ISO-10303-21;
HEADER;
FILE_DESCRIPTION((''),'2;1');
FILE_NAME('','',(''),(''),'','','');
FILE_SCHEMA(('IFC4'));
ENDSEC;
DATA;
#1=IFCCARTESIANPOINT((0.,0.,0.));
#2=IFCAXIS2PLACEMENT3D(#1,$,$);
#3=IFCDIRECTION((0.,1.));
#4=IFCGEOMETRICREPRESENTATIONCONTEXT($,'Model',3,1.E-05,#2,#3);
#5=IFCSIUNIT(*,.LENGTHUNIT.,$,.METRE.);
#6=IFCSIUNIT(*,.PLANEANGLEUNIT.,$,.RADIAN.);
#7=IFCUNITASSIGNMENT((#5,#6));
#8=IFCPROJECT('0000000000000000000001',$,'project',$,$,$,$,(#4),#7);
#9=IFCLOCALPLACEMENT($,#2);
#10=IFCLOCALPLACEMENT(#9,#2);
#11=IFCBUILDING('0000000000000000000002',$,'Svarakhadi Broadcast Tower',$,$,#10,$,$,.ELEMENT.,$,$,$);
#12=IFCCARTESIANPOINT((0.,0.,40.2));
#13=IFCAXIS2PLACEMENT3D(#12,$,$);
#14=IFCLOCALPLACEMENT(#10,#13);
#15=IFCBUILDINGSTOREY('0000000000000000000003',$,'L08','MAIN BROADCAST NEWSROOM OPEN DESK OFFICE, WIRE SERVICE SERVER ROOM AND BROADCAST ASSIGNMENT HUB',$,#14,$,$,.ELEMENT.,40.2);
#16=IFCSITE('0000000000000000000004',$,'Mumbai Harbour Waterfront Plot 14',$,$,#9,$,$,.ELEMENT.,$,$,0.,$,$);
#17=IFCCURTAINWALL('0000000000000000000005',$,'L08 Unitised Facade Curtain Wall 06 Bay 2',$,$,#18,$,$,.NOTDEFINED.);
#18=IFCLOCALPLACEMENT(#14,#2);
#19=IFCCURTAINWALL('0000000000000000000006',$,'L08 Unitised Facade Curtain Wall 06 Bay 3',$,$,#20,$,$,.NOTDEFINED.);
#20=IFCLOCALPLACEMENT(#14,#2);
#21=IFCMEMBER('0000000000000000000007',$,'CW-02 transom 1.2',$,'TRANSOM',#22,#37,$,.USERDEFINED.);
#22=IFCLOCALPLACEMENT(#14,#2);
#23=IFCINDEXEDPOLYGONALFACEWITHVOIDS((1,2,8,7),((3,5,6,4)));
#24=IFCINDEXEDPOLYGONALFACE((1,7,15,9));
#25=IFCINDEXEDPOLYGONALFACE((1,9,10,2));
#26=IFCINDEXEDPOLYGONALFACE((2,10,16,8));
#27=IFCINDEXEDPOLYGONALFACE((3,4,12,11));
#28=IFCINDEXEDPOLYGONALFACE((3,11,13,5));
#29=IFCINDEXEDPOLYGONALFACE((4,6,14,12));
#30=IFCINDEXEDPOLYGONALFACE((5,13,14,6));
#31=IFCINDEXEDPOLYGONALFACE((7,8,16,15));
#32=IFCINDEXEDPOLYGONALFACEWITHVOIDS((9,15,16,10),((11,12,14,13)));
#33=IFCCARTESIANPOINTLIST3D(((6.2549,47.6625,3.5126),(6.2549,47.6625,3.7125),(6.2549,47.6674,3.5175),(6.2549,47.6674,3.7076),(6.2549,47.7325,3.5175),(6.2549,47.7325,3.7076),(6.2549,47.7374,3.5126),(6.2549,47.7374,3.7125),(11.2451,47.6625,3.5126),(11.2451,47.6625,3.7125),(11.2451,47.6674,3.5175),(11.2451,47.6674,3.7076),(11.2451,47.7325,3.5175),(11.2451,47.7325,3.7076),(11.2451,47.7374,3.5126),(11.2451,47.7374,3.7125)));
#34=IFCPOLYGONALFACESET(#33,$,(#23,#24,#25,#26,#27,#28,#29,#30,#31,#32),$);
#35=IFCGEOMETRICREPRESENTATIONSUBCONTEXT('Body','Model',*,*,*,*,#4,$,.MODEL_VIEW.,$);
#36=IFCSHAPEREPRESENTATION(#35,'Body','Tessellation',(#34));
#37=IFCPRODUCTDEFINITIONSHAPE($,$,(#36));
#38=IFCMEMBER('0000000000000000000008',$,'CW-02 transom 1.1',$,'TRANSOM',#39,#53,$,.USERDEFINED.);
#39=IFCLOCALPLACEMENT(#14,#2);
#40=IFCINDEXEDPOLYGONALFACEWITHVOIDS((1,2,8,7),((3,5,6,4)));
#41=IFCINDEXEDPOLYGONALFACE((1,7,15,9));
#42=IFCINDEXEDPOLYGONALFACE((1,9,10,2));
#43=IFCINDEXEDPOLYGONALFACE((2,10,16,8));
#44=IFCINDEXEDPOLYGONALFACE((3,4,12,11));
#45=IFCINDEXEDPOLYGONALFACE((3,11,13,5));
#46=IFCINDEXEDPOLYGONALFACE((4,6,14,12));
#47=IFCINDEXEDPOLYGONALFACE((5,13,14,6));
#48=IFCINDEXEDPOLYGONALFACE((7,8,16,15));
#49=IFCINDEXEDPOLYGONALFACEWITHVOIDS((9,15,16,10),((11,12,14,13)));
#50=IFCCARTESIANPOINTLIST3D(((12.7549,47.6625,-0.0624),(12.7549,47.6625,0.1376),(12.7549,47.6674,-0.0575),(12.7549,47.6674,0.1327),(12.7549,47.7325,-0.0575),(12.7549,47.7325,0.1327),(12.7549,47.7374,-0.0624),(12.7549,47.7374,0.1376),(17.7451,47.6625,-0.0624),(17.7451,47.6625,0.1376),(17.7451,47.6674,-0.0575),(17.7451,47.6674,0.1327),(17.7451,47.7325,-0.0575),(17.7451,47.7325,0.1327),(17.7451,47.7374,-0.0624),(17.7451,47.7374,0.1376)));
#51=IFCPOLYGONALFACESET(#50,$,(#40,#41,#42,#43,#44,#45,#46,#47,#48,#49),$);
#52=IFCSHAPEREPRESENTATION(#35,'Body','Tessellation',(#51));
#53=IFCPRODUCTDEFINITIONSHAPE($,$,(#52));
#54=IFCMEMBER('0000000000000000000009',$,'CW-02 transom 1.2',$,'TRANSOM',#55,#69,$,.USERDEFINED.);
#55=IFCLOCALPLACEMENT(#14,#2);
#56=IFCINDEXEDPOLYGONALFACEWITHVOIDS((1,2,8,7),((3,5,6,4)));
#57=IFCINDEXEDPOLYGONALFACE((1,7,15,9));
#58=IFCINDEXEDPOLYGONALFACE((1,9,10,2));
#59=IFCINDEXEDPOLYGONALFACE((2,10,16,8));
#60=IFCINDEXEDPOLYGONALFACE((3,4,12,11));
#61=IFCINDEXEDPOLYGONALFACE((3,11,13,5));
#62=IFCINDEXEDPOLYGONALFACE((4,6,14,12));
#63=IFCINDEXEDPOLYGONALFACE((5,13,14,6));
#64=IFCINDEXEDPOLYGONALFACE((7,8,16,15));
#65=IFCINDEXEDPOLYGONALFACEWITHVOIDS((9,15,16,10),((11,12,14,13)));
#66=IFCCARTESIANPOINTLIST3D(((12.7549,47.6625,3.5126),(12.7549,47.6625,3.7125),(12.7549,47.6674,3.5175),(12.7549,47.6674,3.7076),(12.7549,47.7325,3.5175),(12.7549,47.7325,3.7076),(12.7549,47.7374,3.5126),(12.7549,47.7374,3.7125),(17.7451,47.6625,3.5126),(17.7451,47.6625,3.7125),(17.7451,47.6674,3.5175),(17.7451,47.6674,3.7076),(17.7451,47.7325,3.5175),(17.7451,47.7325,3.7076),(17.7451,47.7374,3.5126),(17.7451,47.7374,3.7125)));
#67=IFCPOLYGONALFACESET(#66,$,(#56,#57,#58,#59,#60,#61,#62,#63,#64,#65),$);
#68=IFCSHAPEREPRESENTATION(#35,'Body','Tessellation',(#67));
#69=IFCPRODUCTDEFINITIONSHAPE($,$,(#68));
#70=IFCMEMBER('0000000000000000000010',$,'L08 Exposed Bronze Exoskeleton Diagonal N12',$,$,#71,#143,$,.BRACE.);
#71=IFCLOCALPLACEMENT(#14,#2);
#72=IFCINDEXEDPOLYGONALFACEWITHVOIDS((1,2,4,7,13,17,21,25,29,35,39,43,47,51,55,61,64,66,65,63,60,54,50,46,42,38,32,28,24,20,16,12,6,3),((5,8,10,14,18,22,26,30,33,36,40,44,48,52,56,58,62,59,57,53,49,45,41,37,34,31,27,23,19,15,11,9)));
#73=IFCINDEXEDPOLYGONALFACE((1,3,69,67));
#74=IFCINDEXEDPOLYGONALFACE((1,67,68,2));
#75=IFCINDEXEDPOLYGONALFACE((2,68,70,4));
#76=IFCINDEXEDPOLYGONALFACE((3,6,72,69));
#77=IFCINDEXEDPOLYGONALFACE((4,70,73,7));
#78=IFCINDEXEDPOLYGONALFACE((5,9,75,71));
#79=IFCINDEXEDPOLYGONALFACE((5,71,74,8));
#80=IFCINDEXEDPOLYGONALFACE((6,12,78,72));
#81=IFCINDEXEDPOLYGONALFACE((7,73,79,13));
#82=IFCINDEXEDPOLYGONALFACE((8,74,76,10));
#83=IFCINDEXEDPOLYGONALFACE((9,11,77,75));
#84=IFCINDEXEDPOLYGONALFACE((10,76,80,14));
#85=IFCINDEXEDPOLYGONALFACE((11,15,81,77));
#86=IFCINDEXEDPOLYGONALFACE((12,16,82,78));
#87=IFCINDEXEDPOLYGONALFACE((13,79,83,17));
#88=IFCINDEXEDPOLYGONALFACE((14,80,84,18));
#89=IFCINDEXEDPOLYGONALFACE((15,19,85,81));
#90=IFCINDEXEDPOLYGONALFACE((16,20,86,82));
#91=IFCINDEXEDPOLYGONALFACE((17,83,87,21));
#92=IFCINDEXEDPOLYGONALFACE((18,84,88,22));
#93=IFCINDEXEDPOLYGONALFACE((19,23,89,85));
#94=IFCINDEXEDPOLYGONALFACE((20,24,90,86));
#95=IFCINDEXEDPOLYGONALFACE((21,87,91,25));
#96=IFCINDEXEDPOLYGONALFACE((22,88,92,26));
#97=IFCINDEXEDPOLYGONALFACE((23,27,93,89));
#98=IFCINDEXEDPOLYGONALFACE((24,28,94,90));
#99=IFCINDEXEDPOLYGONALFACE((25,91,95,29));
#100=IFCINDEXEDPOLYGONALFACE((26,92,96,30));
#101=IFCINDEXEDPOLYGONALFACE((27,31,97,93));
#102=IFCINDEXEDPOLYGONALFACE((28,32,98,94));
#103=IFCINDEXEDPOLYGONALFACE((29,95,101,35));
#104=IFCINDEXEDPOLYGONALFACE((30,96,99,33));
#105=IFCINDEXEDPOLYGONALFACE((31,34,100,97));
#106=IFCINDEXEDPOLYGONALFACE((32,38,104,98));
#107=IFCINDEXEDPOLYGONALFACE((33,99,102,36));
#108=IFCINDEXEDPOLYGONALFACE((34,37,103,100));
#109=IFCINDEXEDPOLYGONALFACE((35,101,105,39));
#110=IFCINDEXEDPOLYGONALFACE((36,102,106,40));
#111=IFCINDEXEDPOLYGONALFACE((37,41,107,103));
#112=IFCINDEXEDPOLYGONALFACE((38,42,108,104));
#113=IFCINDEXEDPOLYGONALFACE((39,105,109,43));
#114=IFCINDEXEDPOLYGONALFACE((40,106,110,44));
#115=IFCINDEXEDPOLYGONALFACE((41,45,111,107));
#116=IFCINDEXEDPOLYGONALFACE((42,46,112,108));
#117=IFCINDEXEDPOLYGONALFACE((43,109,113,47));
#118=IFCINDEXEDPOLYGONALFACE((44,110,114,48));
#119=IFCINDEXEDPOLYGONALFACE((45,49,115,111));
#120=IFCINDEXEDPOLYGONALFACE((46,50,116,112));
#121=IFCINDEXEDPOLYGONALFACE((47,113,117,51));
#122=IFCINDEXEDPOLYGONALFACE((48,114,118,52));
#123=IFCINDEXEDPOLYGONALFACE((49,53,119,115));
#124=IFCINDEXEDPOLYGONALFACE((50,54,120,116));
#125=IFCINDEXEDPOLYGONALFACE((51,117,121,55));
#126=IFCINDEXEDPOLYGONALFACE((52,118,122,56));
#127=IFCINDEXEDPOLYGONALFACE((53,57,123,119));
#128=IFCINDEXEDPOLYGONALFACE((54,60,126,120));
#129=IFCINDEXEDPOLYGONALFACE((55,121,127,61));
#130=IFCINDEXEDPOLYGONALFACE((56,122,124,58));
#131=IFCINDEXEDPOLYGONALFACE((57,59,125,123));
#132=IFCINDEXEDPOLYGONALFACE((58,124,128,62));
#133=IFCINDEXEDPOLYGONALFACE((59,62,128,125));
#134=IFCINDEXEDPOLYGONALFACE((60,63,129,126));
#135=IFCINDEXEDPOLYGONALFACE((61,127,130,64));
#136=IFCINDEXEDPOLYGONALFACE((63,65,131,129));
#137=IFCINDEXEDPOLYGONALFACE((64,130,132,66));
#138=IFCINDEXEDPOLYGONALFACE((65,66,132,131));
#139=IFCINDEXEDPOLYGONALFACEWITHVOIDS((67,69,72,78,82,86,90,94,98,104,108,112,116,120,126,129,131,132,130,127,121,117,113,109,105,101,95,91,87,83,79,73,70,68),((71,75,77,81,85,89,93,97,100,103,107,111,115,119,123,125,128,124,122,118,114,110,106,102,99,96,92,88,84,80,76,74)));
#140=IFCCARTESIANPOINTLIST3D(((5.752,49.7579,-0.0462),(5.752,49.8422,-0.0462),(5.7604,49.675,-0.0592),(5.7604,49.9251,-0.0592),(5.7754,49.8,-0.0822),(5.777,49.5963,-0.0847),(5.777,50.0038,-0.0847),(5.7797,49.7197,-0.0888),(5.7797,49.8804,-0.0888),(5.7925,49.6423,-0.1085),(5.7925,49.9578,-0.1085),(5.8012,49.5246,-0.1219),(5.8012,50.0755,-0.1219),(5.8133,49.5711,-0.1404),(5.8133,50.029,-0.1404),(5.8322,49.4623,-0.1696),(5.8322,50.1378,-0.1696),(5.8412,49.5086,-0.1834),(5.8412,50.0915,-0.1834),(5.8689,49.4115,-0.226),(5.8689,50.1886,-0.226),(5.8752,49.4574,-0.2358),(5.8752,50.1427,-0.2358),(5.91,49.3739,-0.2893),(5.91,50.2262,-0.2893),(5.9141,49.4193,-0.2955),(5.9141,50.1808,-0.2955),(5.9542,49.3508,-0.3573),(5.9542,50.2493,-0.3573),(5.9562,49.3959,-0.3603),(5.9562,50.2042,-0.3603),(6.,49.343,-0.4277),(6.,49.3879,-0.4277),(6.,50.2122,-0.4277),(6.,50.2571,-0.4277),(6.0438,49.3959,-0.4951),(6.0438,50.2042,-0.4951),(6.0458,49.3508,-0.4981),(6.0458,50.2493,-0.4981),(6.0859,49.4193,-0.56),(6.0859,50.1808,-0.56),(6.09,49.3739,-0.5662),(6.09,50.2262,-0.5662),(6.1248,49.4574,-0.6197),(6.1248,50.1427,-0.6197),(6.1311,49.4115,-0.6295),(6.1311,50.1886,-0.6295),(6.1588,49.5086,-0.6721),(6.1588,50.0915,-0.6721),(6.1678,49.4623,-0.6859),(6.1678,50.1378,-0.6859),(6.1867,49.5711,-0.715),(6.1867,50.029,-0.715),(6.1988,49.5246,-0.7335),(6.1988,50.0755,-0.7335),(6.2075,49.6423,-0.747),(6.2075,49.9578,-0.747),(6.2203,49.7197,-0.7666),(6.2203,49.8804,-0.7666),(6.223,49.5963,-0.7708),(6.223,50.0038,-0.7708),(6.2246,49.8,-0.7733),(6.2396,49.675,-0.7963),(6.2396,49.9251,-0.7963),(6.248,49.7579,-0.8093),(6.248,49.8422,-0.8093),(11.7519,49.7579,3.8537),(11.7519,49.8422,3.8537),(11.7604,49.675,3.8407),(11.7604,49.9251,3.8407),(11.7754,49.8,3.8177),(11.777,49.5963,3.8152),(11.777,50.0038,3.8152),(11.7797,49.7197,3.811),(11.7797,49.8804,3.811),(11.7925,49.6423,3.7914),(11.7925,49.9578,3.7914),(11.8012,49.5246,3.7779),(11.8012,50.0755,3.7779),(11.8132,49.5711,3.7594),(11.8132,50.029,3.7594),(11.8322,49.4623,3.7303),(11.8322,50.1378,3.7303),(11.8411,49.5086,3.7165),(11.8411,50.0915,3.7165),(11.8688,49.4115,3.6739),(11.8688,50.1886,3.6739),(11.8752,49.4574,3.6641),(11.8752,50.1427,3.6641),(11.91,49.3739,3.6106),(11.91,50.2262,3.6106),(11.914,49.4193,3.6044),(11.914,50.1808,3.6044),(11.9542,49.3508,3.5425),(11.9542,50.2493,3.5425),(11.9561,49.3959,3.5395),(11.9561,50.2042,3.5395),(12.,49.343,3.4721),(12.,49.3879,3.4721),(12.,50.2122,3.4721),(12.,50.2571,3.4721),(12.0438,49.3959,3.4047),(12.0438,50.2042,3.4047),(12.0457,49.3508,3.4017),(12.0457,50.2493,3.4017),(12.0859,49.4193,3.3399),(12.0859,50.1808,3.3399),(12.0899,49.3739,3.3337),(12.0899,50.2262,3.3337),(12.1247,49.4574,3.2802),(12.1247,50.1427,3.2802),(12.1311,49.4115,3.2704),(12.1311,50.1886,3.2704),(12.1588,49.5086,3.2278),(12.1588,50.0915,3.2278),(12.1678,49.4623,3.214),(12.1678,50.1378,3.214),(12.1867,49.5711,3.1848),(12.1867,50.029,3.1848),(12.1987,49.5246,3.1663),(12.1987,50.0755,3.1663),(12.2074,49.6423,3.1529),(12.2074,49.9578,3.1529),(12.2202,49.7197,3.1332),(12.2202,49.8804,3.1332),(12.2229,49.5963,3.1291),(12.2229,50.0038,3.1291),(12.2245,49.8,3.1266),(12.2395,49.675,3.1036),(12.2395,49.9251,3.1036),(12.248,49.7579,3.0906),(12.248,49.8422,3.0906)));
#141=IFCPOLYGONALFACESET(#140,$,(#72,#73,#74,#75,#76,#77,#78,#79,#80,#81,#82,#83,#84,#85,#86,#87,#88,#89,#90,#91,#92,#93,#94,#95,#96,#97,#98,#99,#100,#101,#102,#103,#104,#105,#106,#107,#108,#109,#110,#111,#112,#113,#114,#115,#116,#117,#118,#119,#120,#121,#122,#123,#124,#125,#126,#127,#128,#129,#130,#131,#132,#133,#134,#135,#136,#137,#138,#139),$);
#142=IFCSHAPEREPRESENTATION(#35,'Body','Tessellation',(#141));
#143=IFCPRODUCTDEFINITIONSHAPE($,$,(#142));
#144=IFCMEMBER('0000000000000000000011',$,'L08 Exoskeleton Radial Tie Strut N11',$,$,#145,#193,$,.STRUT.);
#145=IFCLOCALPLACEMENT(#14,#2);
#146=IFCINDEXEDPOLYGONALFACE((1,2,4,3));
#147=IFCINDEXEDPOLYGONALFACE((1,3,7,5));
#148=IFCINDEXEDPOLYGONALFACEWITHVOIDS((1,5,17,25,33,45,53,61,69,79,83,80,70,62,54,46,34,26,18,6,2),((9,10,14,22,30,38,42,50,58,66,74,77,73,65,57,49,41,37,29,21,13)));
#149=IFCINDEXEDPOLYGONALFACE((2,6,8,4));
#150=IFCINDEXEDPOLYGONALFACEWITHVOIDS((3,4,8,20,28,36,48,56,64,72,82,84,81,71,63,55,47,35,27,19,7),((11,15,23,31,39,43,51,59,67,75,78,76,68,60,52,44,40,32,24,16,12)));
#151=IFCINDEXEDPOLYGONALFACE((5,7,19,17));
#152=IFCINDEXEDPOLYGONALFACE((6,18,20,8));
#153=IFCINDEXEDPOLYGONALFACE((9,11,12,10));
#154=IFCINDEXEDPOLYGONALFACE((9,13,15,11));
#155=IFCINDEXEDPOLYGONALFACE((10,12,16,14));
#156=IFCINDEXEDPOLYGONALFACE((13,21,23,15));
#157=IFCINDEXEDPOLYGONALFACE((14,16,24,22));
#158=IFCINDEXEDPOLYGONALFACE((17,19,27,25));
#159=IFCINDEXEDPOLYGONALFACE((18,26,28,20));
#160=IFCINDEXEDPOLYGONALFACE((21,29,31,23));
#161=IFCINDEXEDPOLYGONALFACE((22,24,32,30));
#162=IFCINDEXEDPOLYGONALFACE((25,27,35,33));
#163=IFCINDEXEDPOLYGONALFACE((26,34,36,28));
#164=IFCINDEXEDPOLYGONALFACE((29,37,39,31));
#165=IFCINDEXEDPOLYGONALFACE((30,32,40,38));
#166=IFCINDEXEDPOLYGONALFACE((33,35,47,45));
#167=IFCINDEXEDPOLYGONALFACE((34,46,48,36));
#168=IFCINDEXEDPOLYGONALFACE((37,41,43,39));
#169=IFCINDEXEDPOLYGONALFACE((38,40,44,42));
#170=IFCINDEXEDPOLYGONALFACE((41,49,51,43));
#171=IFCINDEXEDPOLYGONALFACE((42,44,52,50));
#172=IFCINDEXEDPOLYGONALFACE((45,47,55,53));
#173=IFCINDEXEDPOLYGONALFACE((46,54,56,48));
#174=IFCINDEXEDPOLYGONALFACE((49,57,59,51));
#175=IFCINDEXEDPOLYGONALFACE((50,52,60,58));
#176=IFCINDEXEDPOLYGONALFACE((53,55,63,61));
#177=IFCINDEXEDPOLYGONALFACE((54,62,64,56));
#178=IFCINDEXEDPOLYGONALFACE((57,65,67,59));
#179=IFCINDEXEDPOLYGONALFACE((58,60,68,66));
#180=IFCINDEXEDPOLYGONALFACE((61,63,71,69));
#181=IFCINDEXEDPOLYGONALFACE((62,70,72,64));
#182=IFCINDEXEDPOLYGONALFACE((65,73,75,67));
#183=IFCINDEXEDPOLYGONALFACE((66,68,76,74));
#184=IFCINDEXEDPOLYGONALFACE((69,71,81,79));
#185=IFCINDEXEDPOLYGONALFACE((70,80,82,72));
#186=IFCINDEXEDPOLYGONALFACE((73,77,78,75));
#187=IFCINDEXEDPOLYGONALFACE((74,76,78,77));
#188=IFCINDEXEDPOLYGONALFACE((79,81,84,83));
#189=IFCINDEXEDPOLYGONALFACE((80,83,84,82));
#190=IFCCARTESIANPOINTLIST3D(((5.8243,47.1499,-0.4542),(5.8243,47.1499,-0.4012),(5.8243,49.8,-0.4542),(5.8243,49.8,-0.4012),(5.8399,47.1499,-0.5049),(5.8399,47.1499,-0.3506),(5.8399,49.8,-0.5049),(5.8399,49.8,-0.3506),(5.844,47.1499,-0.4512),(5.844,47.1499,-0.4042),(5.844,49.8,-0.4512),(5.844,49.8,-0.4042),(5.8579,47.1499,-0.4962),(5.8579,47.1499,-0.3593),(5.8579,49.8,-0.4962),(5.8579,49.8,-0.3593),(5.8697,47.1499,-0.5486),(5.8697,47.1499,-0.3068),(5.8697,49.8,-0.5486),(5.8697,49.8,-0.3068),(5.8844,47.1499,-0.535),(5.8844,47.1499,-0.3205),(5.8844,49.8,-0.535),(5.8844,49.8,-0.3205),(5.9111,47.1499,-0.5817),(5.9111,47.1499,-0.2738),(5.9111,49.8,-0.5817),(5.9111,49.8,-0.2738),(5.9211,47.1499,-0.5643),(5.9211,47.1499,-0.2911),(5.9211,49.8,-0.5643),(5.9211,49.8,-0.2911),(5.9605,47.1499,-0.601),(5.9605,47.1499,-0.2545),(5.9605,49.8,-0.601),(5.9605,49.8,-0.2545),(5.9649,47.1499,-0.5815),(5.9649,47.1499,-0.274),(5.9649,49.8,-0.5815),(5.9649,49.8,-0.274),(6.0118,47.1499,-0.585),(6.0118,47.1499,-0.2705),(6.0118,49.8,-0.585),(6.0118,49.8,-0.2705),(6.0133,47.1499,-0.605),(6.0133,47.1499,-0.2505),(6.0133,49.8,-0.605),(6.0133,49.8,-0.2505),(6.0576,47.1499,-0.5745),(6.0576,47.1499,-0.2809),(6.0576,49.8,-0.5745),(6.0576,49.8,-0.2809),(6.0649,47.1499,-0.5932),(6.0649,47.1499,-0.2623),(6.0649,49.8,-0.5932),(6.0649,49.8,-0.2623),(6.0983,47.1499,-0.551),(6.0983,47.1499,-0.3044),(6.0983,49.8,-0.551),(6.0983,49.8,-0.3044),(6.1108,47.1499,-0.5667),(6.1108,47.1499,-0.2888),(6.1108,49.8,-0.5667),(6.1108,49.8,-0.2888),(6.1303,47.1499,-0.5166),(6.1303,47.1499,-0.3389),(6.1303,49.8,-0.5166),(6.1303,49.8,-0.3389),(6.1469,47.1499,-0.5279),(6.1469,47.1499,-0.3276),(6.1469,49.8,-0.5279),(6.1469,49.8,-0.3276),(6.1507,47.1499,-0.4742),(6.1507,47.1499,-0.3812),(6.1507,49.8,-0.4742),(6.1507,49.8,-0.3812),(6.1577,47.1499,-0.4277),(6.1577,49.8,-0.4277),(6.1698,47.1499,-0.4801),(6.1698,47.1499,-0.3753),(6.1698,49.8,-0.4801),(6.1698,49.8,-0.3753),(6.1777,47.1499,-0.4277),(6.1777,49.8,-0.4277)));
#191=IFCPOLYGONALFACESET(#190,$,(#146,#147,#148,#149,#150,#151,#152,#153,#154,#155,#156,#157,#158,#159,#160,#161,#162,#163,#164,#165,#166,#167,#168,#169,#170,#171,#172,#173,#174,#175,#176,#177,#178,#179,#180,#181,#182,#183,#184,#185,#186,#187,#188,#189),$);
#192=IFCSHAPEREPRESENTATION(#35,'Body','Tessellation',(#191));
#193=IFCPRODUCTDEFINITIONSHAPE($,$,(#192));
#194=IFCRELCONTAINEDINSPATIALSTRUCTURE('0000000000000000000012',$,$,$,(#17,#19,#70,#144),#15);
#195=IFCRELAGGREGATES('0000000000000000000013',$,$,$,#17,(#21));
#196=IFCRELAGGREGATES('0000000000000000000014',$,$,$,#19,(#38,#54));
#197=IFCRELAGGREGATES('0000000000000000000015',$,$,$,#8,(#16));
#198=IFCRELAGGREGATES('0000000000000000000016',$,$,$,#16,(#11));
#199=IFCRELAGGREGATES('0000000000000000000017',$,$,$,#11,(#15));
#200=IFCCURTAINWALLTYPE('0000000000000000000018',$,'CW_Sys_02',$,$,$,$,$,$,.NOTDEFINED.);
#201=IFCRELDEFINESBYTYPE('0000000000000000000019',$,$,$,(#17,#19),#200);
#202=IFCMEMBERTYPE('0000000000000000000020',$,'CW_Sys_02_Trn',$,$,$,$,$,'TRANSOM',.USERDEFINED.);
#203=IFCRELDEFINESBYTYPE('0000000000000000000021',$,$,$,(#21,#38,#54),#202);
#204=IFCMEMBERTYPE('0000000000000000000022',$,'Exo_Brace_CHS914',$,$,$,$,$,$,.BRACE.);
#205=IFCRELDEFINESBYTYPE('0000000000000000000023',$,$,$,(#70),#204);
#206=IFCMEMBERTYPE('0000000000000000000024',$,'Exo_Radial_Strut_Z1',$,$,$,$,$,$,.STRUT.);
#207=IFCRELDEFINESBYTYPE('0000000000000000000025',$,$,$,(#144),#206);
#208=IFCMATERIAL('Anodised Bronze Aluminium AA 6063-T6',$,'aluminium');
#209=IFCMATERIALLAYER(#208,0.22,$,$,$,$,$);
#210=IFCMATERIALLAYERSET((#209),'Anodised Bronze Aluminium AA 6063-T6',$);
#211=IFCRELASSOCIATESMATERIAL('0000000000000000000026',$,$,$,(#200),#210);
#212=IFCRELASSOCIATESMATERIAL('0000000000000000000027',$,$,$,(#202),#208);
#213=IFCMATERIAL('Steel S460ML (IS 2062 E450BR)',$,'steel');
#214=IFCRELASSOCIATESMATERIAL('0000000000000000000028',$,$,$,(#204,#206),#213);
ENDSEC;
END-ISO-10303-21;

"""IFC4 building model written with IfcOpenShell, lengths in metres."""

from ifc_helpers import new_model, si_unit, direction, frame, origin, origin_2d, place, context, subcontext, project, spatial, hollow_rectangle, hollow_circle, extrude, material, layer, layer_set, material_profile, profile_set, type_object, element, aggregate, save


model = new_model("IFC4")

# Units and contexts
model_context = context("Model", 3, precision=1e-05, world=origin(), true_north=direction((0.0, 1.0)))
body_context = subcontext(model_context, "Body", "Model", "MODEL_VIEW")
ifc_project = project(units=[si_unit("LENGTHUNIT", "METRE"), si_unit("PLANEANGLEUNIT", "RADIAN")], contexts=[model_context])

# Site, building, storey
site_placement = place(None, origin())
site = spatial("IfcSite", under=ifc_project, at=site_placement, Name="Mumbai Harbour Waterfront Plot 14", CompositionType="ELEMENT", RefElevation=0.0)
building_placement = place(site_placement, origin())
building = spatial("IfcBuilding", under=site, at=building_placement, Name="Svarakhadi Broadcast Tower", CompositionType="ELEMENT")
storey_placement = place(building_placement, frame((0.0, 0.0, 40.2)))
storey = spatial("IfcBuildingStorey", under=building, at=storey_placement, Name="L08", Description="MAIN BROADCAST NEWSROOM OPEN DESK OFFICE, WIRE SERVICE SERVER ROOM AND BROADCAST ASSIGNMENT HUB", CompositionType="ELEMENT", Elevation=40.2)

# Shared definitions
ifc_material_1 = material(Name="Steel S460ML (IS 2062 E450BR)", Category="steel")

# Curtain walls
ifc_material_2 = material(Name="Anodised Bronze Aluminium AA 6063-T6", Category="aluminium")
ifc_layer_1 = layer(ifc_material_2, 0.22)
ifc_layer_set_1 = layer_set([ifc_layer_1], Name="Anodised Bronze Aluminium AA 6063-T6")
curtain_wall_type = type_object("IfcCurtainWallType", Name="CW_Sys_02", PredefinedType="NOTDEFINED", material=ifc_layer_set_1)
curtain_wall_1_placement = place(storey_placement, origin())
curtain_wall_1 = element("IfcCurtainWall", 1, at=curtain_wall_1_placement, inside=storey, type_object=curtain_wall_type, Name="L08 Unitised Facade Curtain Wall 06 Bay 2", PredefinedType="NOTDEFINED")
curtain_wall_2_placement = place(storey_placement, origin())
curtain_wall_2 = element("IfcCurtainWall", 2, at=curtain_wall_2_placement, inside=storey, type_object=curtain_wall_type, Name="L08 Unitised Facade Curtain Wall 06 Bay 3", PredefinedType="NOTDEFINED")

# Members
ifc_material_profile_1 = material_profile(ifc_material_2, hollow_rectangle(XDim=0.075, YDim=0.2, WallThickness=0.0049, at=origin_2d()), Name="ALU TRANSOM 200x75x5")
ifc_profile_set_1 = profile_set([ifc_material_profile_1], Name="Anodised Bronze Aluminium AA 6063-T6")
member_type_1 = type_object("IfcMemberType", Name="CW_Sys_02_Trn", ElementType="TRANSOM", PredefinedType="USERDEFINED", material=ifc_profile_set_1)
member_1_placement = place(storey_placement, frame((6.2549, 47.7, 3.6125), z_axis=(1.0, 0.0, 0.0), x_axis=(0.0, 1.0, 0.0)))
member_1 = element("IfcMember", 3, at=member_1_placement, type_object=member_type_1, Name="CW-02 transom 1.2", ObjectType="TRANSOM", PredefinedType="USERDEFINED", context=body_context, shape_type="SweptSolid", body=[
    extrude(hollow_rectangle(XDim=0.075, YDim=0.2, WallThickness=0.0049, at=origin_2d()), origin(), (0.0, 0.0, 1.0), 4.9902),
])
member_2_placement = place(storey_placement, frame((12.7549, 47.7, 0.0376), z_axis=(1.0, 0.0, 0.0), x_axis=(0.0, 1.0, 0.0)))
member_2 = element("IfcMember", 4, at=member_2_placement, type_object=member_type_1, Name="CW-02 transom 1.1", ObjectType="TRANSOM", PredefinedType="USERDEFINED", context=body_context, shape_type="SweptSolid", body=[
    extrude(hollow_rectangle(XDim=0.075, YDim=0.2, WallThickness=0.0049, at=origin_2d()), origin(), (0.0, 0.0, 1.0), 4.9902),
])
member_3_placement = place(storey_placement, frame((12.7549, 47.7, 3.6125), z_axis=(1.0, 0.0, 0.0), x_axis=(0.0, 1.0, 0.0)))
member_3 = element("IfcMember", 5, at=member_3_placement, type_object=member_type_1, Name="CW-02 transom 1.2", ObjectType="TRANSOM", PredefinedType="USERDEFINED", context=body_context, shape_type="SweptSolid", body=[
    extrude(hollow_rectangle(XDim=0.075, YDim=0.2, WallThickness=0.0049, at=origin_2d()), origin(), (0.0, 0.0, 1.0), 4.9902),
])

# Members
ifc_material_profile_2 = material_profile(ifc_material_1, hollow_circle(Radius=0.457, WallThickness=0.0449, at=origin_2d()), Name="CHS 914x45")
ifc_profile_set_2 = profile_set([ifc_material_profile_2], Name="Steel S460ML (IS 2062 E450BR)")
member_type_2 = type_object("IfcMemberType", Name="Exo_Brace_CHS914", PredefinedType="BRACE", material=ifc_profile_set_2)
member_4_placement = place(storey_placement, frame((6.0, 49.8, -0.4277), z_axis=(0.83845, 0.0, 0.544979), x_axis=(0.0, 1.0, 0.0)))
element("IfcMember", 6, at=member_4_placement, inside=storey, type_object=member_type_2, Name="L08 Exposed Bronze Exoskeleton Diagonal N12", PredefinedType="BRACE", context=body_context, shape_type="SweptSolid", body=[
    extrude(hollow_circle(Radius=0.457, WallThickness=0.0449, at=origin_2d()), origin(), (0.0, 0.0, 1.0), 7.156),
])
ifc_material_profile_3 = material_profile(ifc_material_1, hollow_circle(Radius=0.1777, WallThickness=0.02, at=origin_2d()), Name="CHS 355.6x20")
ifc_profile_set_3 = profile_set([ifc_material_profile_3], Name="Steel S460ML (IS 2062 E450BR)")
member_type_3 = type_object("IfcMemberType", Name="Exo_Radial_Strut_Z1", PredefinedType="STRUT", material=ifc_profile_set_3)
member_5_placement = place(storey_placement, frame((6.0, 49.8, -0.4277), z_axis=(0.0, -1.0, 0.0), x_axis=(1.0, 0.0, 0.0)))
element("IfcMember", 7, at=member_5_placement, inside=storey, type_object=member_type_3, Name="L08 Exoskeleton Radial Tie Strut N11", PredefinedType="STRUT", context=body_context, shape_type="SweptSolid", body=[
    extrude(hollow_circle(Radius=0.1777, WallThickness=0.02, at=origin_2d()), origin(), (0.0, 0.0, 1.0), 2.6501),
])

aggregate(curtain_wall_1, [member_1])
aggregate(curtain_wall_2, [member_2, member_3])

save(model, "model.ifc")
